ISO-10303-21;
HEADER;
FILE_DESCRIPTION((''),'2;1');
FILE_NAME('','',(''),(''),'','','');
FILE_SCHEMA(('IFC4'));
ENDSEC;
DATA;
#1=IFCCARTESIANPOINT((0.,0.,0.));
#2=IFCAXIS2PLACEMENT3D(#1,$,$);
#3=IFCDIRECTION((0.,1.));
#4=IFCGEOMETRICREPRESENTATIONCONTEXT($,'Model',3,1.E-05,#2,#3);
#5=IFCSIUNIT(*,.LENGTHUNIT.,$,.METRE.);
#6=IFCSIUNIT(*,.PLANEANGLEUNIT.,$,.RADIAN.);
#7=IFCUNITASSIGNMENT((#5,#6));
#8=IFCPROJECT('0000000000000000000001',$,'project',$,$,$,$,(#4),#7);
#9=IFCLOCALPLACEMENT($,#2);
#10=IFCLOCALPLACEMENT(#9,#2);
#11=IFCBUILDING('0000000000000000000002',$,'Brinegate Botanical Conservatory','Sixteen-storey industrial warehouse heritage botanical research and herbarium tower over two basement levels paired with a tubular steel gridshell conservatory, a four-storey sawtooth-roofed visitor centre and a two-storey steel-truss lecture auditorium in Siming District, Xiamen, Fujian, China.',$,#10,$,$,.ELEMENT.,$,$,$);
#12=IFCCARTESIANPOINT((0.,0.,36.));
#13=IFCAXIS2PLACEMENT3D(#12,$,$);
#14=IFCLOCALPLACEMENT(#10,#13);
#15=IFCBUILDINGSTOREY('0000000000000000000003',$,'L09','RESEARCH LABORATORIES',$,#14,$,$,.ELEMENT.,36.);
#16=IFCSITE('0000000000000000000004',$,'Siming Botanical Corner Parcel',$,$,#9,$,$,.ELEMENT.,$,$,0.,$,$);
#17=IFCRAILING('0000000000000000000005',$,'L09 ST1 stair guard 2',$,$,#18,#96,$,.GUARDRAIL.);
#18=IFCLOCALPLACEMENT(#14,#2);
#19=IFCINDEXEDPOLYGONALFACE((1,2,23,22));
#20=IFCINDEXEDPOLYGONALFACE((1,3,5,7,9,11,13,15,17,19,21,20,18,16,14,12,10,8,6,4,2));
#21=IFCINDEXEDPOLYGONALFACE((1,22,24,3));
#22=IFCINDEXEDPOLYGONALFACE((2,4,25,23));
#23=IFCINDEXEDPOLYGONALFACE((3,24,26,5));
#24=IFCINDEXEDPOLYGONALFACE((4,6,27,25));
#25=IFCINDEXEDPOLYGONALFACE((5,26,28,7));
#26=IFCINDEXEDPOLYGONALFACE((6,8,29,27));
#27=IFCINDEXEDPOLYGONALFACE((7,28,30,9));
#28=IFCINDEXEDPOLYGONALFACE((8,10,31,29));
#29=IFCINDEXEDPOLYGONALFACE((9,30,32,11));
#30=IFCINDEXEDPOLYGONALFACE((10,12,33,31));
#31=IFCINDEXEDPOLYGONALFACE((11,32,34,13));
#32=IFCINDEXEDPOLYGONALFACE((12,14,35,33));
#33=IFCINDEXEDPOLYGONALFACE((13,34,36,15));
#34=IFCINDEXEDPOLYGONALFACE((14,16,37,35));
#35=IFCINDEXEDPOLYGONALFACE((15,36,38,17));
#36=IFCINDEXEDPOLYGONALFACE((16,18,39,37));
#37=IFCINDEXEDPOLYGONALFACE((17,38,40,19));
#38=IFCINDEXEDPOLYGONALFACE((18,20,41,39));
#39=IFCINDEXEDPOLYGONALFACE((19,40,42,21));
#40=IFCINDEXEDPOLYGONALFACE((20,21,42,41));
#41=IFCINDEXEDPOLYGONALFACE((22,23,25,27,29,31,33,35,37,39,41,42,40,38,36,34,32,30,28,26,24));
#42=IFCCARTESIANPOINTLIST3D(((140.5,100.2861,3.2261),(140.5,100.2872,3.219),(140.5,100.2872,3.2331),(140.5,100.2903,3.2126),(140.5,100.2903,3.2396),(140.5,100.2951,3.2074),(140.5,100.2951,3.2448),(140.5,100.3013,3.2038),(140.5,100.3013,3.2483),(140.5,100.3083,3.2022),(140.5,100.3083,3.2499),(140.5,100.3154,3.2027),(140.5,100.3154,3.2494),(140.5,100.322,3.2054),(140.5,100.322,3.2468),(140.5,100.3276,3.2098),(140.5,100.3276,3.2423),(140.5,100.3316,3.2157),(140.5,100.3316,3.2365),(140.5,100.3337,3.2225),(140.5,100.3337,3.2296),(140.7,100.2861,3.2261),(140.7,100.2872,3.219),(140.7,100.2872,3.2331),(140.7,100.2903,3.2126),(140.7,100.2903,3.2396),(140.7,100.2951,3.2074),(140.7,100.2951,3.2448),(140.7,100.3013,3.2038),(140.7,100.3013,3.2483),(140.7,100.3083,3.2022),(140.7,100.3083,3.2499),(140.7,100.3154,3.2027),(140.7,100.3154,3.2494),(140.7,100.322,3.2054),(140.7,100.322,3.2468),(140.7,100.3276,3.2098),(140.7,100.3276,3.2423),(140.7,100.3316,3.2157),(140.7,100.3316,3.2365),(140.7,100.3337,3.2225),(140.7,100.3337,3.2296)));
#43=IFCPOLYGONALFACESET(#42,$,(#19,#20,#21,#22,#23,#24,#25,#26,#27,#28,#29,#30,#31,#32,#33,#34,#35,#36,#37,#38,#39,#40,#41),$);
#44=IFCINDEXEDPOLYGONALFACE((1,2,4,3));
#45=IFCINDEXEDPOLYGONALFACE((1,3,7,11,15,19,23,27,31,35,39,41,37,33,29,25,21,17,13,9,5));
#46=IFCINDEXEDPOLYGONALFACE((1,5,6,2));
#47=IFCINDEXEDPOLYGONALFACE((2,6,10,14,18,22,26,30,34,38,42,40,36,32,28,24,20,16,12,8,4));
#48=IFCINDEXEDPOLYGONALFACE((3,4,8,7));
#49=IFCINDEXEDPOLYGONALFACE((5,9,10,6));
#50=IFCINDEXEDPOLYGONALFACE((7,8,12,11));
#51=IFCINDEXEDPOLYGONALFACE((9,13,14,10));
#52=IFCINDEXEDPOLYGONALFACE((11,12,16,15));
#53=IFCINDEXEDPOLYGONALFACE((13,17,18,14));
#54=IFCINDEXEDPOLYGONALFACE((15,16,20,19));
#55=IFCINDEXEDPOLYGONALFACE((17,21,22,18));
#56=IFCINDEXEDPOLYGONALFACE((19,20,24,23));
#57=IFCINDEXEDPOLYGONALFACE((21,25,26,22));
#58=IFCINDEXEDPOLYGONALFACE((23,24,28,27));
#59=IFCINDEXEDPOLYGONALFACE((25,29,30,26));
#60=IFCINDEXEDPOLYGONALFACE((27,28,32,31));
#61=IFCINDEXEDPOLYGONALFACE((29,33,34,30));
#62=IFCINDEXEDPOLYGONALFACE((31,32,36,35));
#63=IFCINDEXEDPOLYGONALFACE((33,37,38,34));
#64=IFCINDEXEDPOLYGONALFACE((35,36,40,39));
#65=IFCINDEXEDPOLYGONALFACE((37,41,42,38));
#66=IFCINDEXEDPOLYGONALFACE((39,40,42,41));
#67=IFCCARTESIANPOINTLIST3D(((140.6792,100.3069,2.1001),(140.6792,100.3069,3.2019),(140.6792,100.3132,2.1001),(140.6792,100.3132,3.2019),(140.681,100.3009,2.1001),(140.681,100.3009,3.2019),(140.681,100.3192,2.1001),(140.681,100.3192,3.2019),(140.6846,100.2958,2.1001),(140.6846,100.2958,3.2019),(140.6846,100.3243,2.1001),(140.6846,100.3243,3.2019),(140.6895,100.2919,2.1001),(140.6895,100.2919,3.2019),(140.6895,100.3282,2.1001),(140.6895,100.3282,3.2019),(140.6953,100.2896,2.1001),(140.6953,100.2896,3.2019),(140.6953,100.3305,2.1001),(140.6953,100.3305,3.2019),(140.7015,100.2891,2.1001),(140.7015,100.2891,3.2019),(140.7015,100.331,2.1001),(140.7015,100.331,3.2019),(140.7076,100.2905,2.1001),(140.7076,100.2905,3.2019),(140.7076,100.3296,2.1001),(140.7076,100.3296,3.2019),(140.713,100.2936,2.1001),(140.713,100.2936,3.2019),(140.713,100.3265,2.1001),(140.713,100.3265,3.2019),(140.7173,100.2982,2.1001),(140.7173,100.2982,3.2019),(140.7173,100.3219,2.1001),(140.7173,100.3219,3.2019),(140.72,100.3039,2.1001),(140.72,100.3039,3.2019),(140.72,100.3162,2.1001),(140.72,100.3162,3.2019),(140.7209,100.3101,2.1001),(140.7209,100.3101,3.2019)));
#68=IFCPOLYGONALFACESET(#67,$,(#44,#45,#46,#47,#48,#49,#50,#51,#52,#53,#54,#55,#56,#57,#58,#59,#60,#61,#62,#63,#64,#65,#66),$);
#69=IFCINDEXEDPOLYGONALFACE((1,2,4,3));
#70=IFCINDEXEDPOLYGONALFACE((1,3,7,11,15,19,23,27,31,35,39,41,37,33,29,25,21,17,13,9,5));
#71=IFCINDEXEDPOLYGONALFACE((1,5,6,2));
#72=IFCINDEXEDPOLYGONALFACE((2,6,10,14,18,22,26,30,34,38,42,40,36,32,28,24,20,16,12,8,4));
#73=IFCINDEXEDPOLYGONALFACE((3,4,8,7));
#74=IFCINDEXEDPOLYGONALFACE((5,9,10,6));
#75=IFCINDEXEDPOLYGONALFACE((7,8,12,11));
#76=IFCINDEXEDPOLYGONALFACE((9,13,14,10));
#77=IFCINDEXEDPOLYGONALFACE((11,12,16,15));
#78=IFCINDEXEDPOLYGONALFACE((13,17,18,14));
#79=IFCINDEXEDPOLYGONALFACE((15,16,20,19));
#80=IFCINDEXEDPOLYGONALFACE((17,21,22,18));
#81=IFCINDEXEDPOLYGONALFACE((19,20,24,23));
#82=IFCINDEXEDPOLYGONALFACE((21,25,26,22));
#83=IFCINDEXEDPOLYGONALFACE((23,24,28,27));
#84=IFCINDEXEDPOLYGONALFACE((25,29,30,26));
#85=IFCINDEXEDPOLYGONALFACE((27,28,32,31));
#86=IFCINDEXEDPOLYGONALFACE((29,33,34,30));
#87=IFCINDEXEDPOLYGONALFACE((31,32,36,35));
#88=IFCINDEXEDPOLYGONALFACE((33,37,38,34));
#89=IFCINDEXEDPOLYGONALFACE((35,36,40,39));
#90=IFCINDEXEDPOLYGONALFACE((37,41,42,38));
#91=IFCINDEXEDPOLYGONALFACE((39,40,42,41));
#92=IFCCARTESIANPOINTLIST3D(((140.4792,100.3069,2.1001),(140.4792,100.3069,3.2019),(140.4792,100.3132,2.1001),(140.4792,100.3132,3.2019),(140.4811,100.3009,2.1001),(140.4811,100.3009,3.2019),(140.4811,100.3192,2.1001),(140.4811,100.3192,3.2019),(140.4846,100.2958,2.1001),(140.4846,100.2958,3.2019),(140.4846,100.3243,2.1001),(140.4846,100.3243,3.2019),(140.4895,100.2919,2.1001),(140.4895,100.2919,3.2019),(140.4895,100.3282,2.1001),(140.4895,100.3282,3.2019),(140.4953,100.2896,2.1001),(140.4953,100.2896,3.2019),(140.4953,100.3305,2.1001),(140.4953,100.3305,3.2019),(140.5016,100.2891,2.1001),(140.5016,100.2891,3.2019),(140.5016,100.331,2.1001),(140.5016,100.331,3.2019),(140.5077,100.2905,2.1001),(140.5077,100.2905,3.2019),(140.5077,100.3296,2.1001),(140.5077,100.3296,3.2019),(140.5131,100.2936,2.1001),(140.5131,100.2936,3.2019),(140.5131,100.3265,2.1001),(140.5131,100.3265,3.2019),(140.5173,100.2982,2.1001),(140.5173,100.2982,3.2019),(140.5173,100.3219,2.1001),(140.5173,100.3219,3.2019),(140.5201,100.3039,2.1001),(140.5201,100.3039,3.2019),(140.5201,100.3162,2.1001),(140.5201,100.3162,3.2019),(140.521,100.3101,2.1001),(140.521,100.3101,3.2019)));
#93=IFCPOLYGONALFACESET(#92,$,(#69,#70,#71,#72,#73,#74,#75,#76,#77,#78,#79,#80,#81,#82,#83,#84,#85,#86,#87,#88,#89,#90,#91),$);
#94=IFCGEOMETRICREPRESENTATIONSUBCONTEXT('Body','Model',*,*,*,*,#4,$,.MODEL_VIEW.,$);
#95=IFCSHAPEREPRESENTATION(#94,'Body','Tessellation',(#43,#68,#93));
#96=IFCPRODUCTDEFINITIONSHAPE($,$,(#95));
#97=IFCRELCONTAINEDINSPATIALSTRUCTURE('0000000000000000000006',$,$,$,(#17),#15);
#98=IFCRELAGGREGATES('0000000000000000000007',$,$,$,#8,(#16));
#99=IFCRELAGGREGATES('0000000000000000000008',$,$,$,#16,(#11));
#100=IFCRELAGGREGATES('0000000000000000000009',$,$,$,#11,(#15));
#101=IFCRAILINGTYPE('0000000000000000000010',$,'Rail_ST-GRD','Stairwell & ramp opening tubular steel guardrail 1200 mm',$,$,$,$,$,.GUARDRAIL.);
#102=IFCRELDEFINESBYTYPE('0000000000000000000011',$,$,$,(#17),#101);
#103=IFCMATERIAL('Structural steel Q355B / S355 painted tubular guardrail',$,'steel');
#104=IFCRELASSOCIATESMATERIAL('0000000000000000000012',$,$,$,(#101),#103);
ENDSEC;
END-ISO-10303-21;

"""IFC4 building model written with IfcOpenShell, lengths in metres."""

from ifc_helpers import new_model, si_unit, direction, frame, origin, origin_2d, place, context, subcontext, project, spatial, circle, extrude, material, type_object, element, save


model = new_model("IFC4")

# Units and contexts
model_context = context("Model", 3, precision=1e-05, world=origin(), true_north=direction((0.0, 1.0)))
body_context = subcontext(model_context, "Body", "Model", "MODEL_VIEW")
ifc_project = project(units=[si_unit("LENGTHUNIT", "METRE"), si_unit("PLANEANGLEUNIT", "RADIAN")], contexts=[model_context])

# Site, building, storey
site_placement = place(None, origin())
site = spatial("IfcSite", under=ifc_project, at=site_placement, Name="Siming Botanical Corner Parcel", CompositionType="ELEMENT", RefElevation=0.0)
building_placement = place(site_placement, origin())
building = spatial("IfcBuilding", under=site, at=building_placement, Name="Brinegate Botanical Conservatory", Description="Sixteen-storey industrial warehouse heritage botanical research and herbarium tower over two basement levels paired with a tubular steel gridshell conservatory, a four-storey sawtooth-roofed visitor centre and a two-storey steel-truss lecture auditorium in Siming District, Xiamen, Fujian, China.", CompositionType="ELEMENT")
storey_placement = place(building_placement, frame((0.0, 0.0, 36.0)))
storey = spatial("IfcBuildingStorey", under=building, at=storey_placement, Name="L09", Description="RESEARCH LABORATORIES", CompositionType="ELEMENT", Elevation=36.0)

# Railing
ifc_material_1 = material(Name="Structural steel Q355B / S355 painted tubular guardrail", Category="steel")
railing_type_1 = type_object("IfcRailingType", Name="Rail_ST-GRD", Description="Stairwell & ramp opening tubular steel guardrail 1200 mm", PredefinedType="GUARDRAIL", material=ifc_material_1)
railing_1_placement = place(storey_placement, frame((140.7, 100.3101, 2.1001)))
element("IfcRailing", 1, at=railing_1_placement, inside=storey, type_object=railing_type_1, Name="L09 ST1 stair guard 2", PredefinedType="GUARDRAIL", context=body_context, shape_type="SweptSolid", body=[
    extrude(circle(Radius=0.0239, at=origin_2d()), frame((0.0, 0.0, 1.126), z_axis=(-1.0, 0.0, 0.0), x_axis=(0.0, -1.0, 0.0)), (0.0, 0.0, 1.0), 0.2),
    extrude(circle(Radius=0.021, at=origin_2d()), origin(), (0.0, 0.0, 1.0), 1.1018),
    extrude(circle(Radius=0.021, at=origin_2d()), frame((-0.2, 0.0, 0.0)), (0.0, 0.0, 1.0), 1.1018),
])

save(model, "model.ifc")
